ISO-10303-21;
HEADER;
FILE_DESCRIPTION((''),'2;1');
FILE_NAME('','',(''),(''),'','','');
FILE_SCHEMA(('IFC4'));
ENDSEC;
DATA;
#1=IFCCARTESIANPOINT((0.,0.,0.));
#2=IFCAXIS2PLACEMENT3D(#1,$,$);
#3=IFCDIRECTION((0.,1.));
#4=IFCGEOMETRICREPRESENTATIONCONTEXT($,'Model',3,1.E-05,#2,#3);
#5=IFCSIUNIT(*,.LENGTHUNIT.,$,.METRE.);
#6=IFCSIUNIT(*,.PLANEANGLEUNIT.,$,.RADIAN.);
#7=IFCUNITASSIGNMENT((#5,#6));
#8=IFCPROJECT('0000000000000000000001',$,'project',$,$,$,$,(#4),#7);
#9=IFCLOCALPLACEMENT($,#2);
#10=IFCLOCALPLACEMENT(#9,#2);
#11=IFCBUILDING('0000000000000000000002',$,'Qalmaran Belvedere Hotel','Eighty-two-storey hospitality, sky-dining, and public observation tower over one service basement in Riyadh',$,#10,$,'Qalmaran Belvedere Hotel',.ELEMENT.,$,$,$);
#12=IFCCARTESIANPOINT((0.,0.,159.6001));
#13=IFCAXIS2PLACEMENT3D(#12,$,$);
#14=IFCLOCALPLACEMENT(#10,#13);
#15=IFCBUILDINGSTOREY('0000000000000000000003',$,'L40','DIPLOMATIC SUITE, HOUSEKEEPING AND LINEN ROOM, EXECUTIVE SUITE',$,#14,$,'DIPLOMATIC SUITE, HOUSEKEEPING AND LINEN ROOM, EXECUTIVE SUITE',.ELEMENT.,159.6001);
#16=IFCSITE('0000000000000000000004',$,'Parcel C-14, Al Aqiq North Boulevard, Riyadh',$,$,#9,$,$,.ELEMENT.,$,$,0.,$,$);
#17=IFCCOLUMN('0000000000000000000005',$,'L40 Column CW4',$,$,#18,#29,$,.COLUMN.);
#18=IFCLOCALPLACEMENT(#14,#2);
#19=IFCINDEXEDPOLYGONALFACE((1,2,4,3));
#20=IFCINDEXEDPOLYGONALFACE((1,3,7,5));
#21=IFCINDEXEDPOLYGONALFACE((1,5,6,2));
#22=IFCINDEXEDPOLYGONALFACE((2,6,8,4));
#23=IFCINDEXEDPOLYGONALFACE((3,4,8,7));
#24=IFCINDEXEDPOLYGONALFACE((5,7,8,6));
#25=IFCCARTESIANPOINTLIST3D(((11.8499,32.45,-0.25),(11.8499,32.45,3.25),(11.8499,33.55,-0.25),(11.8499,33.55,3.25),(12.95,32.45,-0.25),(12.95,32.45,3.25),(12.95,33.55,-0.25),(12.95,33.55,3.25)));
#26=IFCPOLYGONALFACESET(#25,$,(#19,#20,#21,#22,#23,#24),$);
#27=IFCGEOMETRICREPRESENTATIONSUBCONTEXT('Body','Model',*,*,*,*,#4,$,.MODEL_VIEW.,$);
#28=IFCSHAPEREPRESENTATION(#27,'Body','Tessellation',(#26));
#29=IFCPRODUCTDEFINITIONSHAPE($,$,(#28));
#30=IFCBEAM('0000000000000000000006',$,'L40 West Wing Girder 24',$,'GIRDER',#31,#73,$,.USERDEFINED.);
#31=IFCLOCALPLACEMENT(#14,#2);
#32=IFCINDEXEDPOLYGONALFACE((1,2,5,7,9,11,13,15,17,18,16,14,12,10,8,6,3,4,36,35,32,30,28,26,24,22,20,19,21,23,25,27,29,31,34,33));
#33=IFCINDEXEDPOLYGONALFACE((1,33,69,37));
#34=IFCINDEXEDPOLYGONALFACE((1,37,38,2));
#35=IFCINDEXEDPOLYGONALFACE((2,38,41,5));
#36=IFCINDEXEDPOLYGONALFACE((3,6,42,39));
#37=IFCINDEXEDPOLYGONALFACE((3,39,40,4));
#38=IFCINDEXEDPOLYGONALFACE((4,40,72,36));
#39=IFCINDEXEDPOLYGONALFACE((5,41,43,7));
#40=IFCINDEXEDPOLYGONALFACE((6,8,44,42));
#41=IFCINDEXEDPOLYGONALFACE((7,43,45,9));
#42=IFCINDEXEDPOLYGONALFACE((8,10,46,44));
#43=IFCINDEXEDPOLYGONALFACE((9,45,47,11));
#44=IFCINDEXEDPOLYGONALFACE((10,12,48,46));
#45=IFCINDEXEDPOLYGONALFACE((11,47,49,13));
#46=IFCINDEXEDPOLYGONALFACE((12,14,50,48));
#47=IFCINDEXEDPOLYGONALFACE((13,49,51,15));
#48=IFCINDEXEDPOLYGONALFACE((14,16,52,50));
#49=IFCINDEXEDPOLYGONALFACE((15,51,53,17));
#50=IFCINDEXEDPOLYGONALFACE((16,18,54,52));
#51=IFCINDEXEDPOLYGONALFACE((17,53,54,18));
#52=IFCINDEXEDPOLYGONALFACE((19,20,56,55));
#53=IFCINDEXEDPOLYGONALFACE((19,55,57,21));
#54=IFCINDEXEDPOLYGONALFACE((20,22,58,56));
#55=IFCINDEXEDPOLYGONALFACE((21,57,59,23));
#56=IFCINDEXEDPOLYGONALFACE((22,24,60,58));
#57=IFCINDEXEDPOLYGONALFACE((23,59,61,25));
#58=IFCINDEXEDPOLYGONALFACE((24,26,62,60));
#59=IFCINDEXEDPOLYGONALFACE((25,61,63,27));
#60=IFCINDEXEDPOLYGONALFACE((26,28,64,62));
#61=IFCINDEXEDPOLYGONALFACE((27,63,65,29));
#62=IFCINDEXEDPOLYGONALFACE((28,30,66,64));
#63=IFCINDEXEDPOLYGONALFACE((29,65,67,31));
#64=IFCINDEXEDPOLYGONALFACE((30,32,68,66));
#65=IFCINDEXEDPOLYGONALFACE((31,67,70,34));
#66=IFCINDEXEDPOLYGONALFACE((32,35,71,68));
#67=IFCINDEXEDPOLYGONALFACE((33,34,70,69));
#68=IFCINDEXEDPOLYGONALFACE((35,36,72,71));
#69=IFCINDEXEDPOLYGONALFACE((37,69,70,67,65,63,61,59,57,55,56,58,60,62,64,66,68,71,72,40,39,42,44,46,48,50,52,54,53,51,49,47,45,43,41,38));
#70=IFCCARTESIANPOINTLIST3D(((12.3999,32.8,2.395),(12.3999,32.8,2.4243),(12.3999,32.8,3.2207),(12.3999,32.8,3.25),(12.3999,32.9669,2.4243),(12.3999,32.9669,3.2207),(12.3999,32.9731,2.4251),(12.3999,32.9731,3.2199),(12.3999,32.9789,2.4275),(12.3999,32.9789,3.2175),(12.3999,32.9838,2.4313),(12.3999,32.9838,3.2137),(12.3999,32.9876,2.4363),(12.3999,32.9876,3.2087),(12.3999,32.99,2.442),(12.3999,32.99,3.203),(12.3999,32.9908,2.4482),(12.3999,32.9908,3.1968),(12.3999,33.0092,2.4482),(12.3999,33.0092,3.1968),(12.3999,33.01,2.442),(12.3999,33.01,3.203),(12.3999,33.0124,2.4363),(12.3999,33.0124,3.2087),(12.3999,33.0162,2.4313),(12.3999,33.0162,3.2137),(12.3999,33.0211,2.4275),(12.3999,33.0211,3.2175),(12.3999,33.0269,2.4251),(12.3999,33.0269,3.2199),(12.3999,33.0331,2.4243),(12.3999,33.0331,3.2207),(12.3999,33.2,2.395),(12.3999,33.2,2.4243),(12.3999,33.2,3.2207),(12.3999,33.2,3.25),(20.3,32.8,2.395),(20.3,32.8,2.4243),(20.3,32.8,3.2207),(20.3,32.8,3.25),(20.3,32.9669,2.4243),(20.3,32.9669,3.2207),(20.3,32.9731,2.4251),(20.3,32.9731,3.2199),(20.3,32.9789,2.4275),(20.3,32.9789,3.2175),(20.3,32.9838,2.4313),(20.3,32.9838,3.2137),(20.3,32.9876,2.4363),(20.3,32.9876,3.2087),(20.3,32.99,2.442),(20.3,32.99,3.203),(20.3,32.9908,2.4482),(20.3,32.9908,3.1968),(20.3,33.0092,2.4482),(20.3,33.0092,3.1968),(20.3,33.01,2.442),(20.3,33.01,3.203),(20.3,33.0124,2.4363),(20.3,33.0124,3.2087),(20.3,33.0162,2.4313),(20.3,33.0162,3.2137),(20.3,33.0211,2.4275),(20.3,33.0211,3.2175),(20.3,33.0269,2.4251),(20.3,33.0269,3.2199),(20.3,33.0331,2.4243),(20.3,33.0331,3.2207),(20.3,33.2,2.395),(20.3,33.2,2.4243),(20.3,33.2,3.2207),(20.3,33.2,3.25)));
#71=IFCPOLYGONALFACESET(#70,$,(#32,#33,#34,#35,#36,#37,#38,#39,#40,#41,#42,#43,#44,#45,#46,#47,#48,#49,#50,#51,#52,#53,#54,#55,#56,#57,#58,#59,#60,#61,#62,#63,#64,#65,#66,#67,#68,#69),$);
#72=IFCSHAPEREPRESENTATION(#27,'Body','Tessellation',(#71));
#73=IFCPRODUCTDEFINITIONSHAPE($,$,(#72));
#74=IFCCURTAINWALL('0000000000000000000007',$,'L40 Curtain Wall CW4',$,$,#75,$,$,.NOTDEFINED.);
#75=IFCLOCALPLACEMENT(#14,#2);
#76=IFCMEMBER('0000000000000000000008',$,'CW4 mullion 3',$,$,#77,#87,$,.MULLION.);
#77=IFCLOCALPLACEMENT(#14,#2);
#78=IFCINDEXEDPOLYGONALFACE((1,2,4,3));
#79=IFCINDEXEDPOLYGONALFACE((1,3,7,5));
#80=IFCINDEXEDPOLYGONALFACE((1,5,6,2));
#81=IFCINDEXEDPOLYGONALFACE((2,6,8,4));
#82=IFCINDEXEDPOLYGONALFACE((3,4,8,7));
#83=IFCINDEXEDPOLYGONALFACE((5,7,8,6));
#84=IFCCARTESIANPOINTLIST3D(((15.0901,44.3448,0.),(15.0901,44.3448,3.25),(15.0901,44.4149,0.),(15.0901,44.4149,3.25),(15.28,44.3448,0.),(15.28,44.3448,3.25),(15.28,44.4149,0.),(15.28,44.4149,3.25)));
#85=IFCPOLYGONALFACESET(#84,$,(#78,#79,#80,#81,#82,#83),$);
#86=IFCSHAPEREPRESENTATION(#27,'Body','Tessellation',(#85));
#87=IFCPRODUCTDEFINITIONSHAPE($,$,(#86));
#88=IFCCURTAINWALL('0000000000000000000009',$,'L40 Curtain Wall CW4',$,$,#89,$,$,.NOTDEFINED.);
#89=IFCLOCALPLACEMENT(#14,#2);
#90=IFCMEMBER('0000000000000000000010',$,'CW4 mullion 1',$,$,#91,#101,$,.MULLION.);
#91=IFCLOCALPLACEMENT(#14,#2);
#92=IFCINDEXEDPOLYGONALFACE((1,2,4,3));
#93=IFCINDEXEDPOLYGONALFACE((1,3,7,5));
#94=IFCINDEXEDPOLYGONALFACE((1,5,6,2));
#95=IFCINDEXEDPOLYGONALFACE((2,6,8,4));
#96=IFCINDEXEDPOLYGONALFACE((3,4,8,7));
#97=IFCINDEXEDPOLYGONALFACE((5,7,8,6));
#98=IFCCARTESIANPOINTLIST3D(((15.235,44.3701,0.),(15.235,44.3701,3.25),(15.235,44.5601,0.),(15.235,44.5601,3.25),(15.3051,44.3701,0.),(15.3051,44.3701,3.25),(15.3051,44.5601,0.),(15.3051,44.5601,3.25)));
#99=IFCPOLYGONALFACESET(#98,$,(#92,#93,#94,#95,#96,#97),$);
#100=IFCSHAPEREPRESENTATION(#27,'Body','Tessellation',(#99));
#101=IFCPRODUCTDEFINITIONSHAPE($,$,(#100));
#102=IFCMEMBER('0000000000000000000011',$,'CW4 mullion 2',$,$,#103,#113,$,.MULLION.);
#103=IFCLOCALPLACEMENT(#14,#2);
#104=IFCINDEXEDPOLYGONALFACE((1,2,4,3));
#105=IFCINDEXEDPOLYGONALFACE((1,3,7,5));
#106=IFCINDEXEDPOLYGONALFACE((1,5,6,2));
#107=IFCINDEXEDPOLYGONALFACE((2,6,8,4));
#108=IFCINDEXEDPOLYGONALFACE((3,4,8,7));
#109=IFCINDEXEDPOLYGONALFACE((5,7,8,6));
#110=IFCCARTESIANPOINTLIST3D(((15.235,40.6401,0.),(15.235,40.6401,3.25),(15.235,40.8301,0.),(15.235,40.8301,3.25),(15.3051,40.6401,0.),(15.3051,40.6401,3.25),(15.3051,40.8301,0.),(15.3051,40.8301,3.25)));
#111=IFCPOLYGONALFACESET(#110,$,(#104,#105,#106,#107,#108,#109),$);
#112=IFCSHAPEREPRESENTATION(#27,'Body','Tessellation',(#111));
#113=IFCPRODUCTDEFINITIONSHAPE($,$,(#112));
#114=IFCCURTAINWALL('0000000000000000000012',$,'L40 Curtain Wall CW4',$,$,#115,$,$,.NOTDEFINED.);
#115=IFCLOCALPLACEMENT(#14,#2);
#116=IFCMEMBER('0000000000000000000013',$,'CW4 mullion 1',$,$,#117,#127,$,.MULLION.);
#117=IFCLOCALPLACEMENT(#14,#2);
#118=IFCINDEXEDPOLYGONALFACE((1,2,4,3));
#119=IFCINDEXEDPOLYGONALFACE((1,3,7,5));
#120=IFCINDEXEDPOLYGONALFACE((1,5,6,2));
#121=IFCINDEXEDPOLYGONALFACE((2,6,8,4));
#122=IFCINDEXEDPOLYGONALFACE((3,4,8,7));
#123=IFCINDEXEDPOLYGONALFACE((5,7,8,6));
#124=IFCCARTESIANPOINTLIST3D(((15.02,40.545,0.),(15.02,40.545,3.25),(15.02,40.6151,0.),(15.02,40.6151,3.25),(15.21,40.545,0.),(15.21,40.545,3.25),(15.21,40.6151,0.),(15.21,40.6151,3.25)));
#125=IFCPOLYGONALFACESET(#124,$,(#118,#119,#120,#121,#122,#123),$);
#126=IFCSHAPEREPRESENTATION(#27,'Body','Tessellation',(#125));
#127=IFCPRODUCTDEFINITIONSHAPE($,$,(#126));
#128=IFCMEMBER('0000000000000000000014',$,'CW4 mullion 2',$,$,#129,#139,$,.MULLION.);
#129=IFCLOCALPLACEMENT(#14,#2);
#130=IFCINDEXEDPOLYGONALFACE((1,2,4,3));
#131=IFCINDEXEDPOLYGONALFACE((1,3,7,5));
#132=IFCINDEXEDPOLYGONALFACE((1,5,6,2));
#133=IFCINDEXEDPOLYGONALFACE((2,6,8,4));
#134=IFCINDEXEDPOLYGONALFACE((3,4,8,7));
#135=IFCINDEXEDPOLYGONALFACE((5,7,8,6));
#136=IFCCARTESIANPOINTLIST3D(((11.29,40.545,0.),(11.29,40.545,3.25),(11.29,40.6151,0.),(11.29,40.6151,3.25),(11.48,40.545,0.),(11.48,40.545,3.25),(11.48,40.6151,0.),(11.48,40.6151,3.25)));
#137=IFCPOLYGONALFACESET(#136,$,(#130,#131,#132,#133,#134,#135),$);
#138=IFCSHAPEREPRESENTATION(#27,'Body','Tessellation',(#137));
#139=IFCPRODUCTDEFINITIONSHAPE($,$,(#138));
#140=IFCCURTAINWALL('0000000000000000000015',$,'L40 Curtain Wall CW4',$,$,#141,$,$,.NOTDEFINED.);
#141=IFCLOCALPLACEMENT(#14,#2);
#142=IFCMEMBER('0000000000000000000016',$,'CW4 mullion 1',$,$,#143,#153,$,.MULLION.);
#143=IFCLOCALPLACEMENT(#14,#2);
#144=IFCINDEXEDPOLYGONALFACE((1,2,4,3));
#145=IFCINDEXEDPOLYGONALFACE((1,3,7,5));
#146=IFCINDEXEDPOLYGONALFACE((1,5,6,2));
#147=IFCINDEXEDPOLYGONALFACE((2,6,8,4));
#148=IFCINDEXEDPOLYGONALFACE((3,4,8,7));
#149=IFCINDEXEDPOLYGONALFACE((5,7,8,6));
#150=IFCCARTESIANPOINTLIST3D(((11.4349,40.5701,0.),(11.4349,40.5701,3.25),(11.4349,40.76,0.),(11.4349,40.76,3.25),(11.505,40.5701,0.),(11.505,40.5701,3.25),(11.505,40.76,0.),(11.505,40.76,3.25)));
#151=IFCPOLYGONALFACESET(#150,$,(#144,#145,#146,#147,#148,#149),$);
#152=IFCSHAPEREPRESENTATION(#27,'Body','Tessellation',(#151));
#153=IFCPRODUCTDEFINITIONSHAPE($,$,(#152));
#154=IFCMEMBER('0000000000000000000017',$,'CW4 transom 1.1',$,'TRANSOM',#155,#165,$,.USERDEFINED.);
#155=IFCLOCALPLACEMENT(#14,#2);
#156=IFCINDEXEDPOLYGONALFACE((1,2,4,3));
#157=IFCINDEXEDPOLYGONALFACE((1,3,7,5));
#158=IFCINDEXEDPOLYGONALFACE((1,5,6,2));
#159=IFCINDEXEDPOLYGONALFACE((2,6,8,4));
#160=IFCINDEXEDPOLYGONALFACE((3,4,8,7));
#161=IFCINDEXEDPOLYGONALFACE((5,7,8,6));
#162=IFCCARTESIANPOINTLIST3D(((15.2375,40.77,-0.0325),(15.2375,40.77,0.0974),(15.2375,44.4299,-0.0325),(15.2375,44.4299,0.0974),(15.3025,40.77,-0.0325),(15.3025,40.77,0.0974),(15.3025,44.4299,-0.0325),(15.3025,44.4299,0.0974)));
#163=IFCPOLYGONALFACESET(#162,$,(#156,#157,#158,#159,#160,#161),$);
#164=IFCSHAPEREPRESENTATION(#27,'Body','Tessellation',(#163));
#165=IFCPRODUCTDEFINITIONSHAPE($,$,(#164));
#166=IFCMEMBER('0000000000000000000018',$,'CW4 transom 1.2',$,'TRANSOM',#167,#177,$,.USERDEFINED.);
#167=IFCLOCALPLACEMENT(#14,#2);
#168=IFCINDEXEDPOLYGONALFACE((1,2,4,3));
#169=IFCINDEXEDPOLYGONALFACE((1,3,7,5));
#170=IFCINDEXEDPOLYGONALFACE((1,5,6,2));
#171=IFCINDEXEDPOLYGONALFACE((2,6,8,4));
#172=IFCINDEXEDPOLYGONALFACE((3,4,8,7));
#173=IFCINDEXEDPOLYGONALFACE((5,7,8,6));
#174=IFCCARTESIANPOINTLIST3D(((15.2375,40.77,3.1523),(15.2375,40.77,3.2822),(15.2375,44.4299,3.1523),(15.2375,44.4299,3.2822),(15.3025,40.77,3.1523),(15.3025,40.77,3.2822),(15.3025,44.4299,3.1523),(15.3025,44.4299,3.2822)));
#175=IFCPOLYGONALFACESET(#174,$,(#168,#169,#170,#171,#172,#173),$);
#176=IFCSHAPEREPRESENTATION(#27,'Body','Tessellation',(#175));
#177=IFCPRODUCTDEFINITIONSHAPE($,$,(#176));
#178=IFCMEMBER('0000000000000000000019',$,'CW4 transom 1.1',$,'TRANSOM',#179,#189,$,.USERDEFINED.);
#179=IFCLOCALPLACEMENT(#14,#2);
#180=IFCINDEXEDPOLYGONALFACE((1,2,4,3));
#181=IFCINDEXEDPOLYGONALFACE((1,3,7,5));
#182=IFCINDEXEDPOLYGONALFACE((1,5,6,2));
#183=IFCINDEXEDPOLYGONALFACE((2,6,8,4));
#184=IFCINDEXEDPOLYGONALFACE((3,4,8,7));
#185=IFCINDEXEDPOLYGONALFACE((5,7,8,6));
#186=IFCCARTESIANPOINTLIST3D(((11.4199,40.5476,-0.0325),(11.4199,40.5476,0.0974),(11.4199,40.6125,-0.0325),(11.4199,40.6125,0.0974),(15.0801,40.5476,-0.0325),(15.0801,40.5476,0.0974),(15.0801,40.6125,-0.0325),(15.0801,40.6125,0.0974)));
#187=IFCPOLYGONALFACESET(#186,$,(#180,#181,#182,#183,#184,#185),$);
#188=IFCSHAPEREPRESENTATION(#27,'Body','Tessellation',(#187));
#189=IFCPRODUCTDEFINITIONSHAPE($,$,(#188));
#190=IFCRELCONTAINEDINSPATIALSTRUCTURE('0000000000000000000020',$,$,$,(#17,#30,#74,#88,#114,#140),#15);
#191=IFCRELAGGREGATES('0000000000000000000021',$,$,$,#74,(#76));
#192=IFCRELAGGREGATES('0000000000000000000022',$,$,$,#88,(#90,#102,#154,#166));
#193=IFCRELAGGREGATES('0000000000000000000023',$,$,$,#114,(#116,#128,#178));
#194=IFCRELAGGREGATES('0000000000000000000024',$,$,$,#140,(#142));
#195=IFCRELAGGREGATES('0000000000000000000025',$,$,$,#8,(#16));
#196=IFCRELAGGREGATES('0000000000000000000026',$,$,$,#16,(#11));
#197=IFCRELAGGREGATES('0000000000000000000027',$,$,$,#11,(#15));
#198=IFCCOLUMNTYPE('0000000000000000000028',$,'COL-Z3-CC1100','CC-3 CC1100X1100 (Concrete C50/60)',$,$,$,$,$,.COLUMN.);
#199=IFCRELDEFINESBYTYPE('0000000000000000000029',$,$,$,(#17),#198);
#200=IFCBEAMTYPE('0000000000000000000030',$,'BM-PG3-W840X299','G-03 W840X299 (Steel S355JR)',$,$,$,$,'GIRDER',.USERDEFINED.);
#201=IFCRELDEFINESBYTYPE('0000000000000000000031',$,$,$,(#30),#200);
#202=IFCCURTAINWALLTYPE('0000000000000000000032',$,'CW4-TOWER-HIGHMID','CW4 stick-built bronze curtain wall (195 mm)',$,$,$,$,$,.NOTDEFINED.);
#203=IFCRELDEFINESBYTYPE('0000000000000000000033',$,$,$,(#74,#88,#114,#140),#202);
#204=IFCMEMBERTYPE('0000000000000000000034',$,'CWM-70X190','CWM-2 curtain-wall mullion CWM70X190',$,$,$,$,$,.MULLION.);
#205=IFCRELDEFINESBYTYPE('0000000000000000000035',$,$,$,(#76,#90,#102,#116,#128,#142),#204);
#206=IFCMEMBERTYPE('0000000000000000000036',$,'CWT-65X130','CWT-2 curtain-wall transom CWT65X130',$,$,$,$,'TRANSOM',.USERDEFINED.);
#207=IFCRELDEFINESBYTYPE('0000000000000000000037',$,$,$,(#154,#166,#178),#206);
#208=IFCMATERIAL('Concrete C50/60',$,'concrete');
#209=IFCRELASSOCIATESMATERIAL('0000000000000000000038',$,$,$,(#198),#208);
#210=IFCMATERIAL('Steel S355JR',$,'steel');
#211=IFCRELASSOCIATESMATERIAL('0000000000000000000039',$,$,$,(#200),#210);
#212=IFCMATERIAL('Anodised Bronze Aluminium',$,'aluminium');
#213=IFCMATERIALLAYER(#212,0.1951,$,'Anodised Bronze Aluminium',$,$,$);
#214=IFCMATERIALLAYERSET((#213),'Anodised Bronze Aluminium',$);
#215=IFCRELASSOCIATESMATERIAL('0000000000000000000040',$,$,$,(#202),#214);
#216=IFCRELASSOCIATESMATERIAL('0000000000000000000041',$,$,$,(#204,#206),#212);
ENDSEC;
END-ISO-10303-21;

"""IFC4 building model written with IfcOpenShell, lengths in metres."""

from ifc_helpers import new_model, si_unit, direction, frame, origin, origin_2d, place, context, subcontext, project, spatial, rectangle, i_section, extrude, material, layer, layer_set, material_profile, profile_set, type_object, element, aggregate, save


model = new_model("IFC4")

# Units and contexts
model_context = context("Model", 3, precision=1e-05, world=origin(), true_north=direction((0.0, 1.0)))
body_context = subcontext(model_context, "Body", "Model", "MODEL_VIEW")
ifc_project = project(units=[si_unit("LENGTHUNIT", "METRE"), si_unit("PLANEANGLEUNIT", "RADIAN")], contexts=[model_context])

# Site, building, storey
site_placement = place(None, origin())
site = spatial("IfcSite", under=ifc_project, at=site_placement, Name="Parcel C-14, Al Aqiq North Boulevard, Riyadh", CompositionType="ELEMENT", RefElevation=0.0)
building_placement = place(site_placement, origin())
building = spatial("IfcBuilding", under=site, at=building_placement, Name="Qalmaran Belvedere Hotel", Description="Eighty-two-storey hospitality, sky-dining, and public observation tower over one service basement in Riyadh", LongName="Qalmaran Belvedere Hotel", CompositionType="ELEMENT")
storey_placement = place(building_placement, frame((0.0, 0.0, 159.6001)))
storey = spatial("IfcBuildingStorey", under=building, at=storey_placement, Name="L40", Description="DIPLOMATIC SUITE, HOUSEKEEPING AND LINEN ROOM, EXECUTIVE SUITE", LongName="DIPLOMATIC SUITE, HOUSEKEEPING AND LINEN ROOM, EXECUTIVE SUITE", CompositionType="ELEMENT", Elevation=159.6001)

# Column
ifc_material_1 = material(Name="Concrete C50/60", Category="concrete")
ifc_material_profile_1 = material_profile(ifc_material_1, rectangle(XDim=1.1001, YDim=1.1001, at=origin_2d()), Name="CC1100X1100")
ifc_profile_set_1 = profile_set([ifc_material_profile_1], Name="Concrete C50/60")
column_type = type_object("IfcColumnType", Name="COL-Z3-CC1100", Description="CC-3 CC1100X1100 (Concrete C50/60)", PredefinedType="COLUMN", material=ifc_profile_set_1)
column_placement = place(storey_placement, frame((12.3999, 33.0, -0.25), z_axis=(0.0, 0.0, 1.0), x_axis=(1.0, 0.0, 0.0)))
element("IfcColumn", 1, at=column_placement, inside=storey, type_object=column_type, Name="L40 Column CW4", PredefinedType="COLUMN", context=body_context, shape_type="SweptSolid", body=[
    extrude(rectangle(XDim=1.1001, YDim=1.1001, at=origin_2d()), origin(), (0.0, 0.0, 1.0), 3.5),
])

# Beam
ifc_material_2 = material(Name="Steel S355JR", Category="steel")
ifc_material_profile_2 = material_profile(ifc_material_2, i_section(OverallWidth=0.3999, OverallDepth=0.855, WebThickness=0.0183, FlangeThickness=0.0293, FilletRadius=0.0239, at=origin_2d()), Name="W840X299")
ifc_profile_set_2 = profile_set([ifc_material_profile_2], Name="Steel S355JR")
beam_type = type_object("IfcBeamType", Name="BM-PG3-W840X299", Description="G-03 W840X299 (Steel S355JR)", ElementType="GIRDER", PredefinedType="USERDEFINED", material=ifc_profile_set_2)
beam_placement = place(storey_placement, frame((12.3999, 33.0, 2.8225), z_axis=(1.0, 0.0, 0.0), x_axis=(0.0, 1.0, 0.0)))
element("IfcBeam", 2, at=beam_placement, inside=storey, type_object=beam_type, Name="L40 West Wing Girder 24", ObjectType="GIRDER", PredefinedType="USERDEFINED", context=body_context, shape_type="SweptSolid", body=[
    extrude(i_section(OverallWidth=0.3999, OverallDepth=0.855, WebThickness=0.0183, FlangeThickness=0.0293, FilletRadius=0.0239, at=origin_2d()), origin(), (0.0, 0.0, 1.0), 7.9001),
])

# Curtain wall, member
ifc_material_3 = material(Name="Anodised Bronze Aluminium", Category="aluminium")
ifc_layer_1 = layer(ifc_material_3, 0.1951, Name="Anodised Bronze Aluminium")
ifc_layer_set_1 = layer_set([ifc_layer_1], Name="Anodised Bronze Aluminium")
curtain_wall_type = type_object("IfcCurtainWallType", Name="CW4-TOWER-HIGHMID", Description="CW4 stick-built bronze curtain wall (195 mm)", PredefinedType="NOTDEFINED", material=ifc_layer_set_1)
curtain_wall_1_placement = place(storey_placement, origin())
curtain_wall_1 = element("IfcCurtainWall", 3, at=curtain_wall_1_placement, inside=storey, type_object=curtain_wall_type, Name="L40 Curtain Wall CW4", PredefinedType="NOTDEFINED")
ifc_material_profile_3 = material_profile(ifc_material_3, rectangle(XDim=0.0701, YDim=0.1899, at=origin_2d()), Name="CWM70X190")
ifc_profile_set_3 = profile_set([ifc_material_profile_3], Name="Anodised Bronze Aluminium")
member_type_1 = type_object("IfcMemberType", Name="CWM-70X190", Description="CWM-2 curtain-wall mullion CWM70X190", PredefinedType="MULLION", material=ifc_profile_set_3)
member_1_placement = place(storey_placement, frame((15.1851, 44.3799, 0.0), z_axis=(0.0, 0.0, 1.0), x_axis=(0.0, -1.0, 0.0)))
member_1 = element("IfcMember", 4, at=member_1_placement, type_object=member_type_1, Name="CW4 mullion 3", PredefinedType="MULLION", context=body_context, shape_type="SweptSolid", body=[
    extrude(rectangle(XDim=0.0701, YDim=0.1899, at=origin_2d()), origin(), (0.0, 0.0, 1.0), 3.25),
])
aggregate(curtain_wall_1, [member_1])

# Curtain walls, members
curtain_wall_2_placement = place(storey_placement, origin())
curtain_wall_2 = element("IfcCurtainWall", 5, at=curtain_wall_2_placement, inside=storey, type_object=curtain_wall_type, Name="L40 Curtain Wall CW4", PredefinedType="NOTDEFINED")
member_2_placement = place(storey_placement, frame((15.27, 44.4651, 0.0), z_axis=(0.0, 0.0, 1.0), x_axis=(1.0, 0.0, 0.0)))
member_2 = element("IfcMember", 6, at=member_2_placement, type_object=member_type_1, Name="CW4 mullion 1", PredefinedType="MULLION", context=body_context, shape_type="SweptSolid", body=[
    extrude(rectangle(XDim=0.0701, YDim=0.1899, at=origin_2d()), origin(), (0.0, 0.0, 1.0), 3.25),
])
member_3_placement = place(storey_placement, frame((15.27, 40.7351, 0.0), z_axis=(0.0, 0.0, 1.0), x_axis=(1.0, 0.0, 0.0)))
member_3 = element("IfcMember", 7, at=member_3_placement, type_object=member_type_1, Name="CW4 mullion 2", PredefinedType="MULLION", context=body_context, shape_type="SweptSolid", body=[
    extrude(rectangle(XDim=0.0701, YDim=0.1899, at=origin_2d()), origin(), (0.0, 0.0, 1.0), 3.25),
])
curtain_wall_3_placement = place(storey_placement, origin())
curtain_wall_3 = element("IfcCurtainWall", 8, at=curtain_wall_3_placement, inside=storey, type_object=curtain_wall_type, Name="L40 Curtain Wall CW4", PredefinedType="NOTDEFINED")
member_4_placement = place(storey_placement, frame((15.115, 40.5801, 0.0), z_axis=(0.0, 0.0, 1.0), x_axis=(0.0, -1.0, 0.0)))
member_4 = element("IfcMember", 9, at=member_4_placement, type_object=member_type_1, Name="CW4 mullion 1", PredefinedType="MULLION", context=body_context, shape_type="SweptSolid", body=[
    extrude(rectangle(XDim=0.0701, YDim=0.1899, at=origin_2d()), origin(), (0.0, 0.0, 1.0), 3.25),
])
member_5_placement = place(storey_placement, frame((11.385, 40.5801, 0.0), z_axis=(0.0, 0.0, 1.0), x_axis=(0.0, -1.0, 0.0)))
member_5 = element("IfcMember", 10, at=member_5_placement, type_object=member_type_1, Name="CW4 mullion 2", PredefinedType="MULLION", context=body_context, shape_type="SweptSolid", body=[
    extrude(rectangle(XDim=0.0701, YDim=0.1899, at=origin_2d()), origin(), (0.0, 0.0, 1.0), 3.25),
])

# Curtain wall, member
curtain_wall_4_placement = place(storey_placement, origin())
curtain_wall_4 = element("IfcCurtainWall", 11, at=curtain_wall_4_placement, inside=storey, type_object=curtain_wall_type, Name="L40 Curtain Wall CW4", PredefinedType="NOTDEFINED")
member_6_placement = place(storey_placement, frame((11.47, 40.665, 0.0), z_axis=(0.0, 0.0, 1.0), x_axis=(1.0, 0.0, 0.0)))
member_6 = element("IfcMember", 12, at=member_6_placement, type_object=member_type_1, Name="CW4 mullion 1", PredefinedType="MULLION", context=body_context, shape_type="SweptSolid", body=[
    extrude(rectangle(XDim=0.0701, YDim=0.1899, at=origin_2d()), origin(), (0.0, 0.0, 1.0), 3.25),
])

# Members
ifc_material_profile_4 = material_profile(ifc_material_3, rectangle(XDim=0.0649, YDim=0.1299, at=origin_2d()), Name="CWT65X130")
ifc_profile_set_4 = profile_set([ifc_material_profile_4], Name="Anodised Bronze Aluminium")
member_type_2 = type_object("IfcMemberType", Name="CWT-65X130", Description="CWT-2 curtain-wall transom CWT65X130", ElementType="TRANSOM", PredefinedType="USERDEFINED", material=ifc_profile_set_4)
member_7_placement = place(storey_placement, frame((15.27, 44.4299, 0.0325), z_axis=(0.0, -1.0, 0.0), x_axis=(1.0, 0.0, 0.0)))
member_7 = element("IfcMember", 13, at=member_7_placement, type_object=member_type_2, Name="CW4 transom 1.1", ObjectType="TRANSOM", PredefinedType="USERDEFINED", context=body_context, shape_type="SweptSolid", body=[
    extrude(rectangle(XDim=0.0649, YDim=0.1299, at=origin_2d()), origin(), (0.0, 0.0, 1.0), 3.6599),
])
member_8_placement = place(storey_placement, frame((15.27, 44.4299, 3.2173), z_axis=(0.0, -1.0, 0.0), x_axis=(1.0, 0.0, 0.0)))
member_8 = element("IfcMember", 14, at=member_8_placement, type_object=member_type_2, Name="CW4 transom 1.2", ObjectType="TRANSOM", PredefinedType="USERDEFINED", context=body_context, shape_type="SweptSolid", body=[
    extrude(rectangle(XDim=0.0649, YDim=0.1299, at=origin_2d()), origin(), (0.0, 0.0, 1.0), 3.6599),
])
member_9_placement = place(storey_placement, frame((15.0801, 40.5801, 0.0325), z_axis=(-1.0, 0.0, 0.0), x_axis=(0.0, -1.0, 0.0)))
member_9 = element("IfcMember", 15, at=member_9_placement, type_object=member_type_2, Name="CW4 transom 1.1", ObjectType="TRANSOM", PredefinedType="USERDEFINED", context=body_context, shape_type="SweptSolid", body=[
    extrude(rectangle(XDim=0.0649, YDim=0.1299, at=origin_2d()), origin(), (0.0, 0.0, 1.0), 3.6602),
])

aggregate(curtain_wall_2, [member_2, member_3, member_7, member_8])
aggregate(curtain_wall_3, [member_4, member_5, member_9])
aggregate(curtain_wall_4, [member_6])

save(model, "model.ifc")
